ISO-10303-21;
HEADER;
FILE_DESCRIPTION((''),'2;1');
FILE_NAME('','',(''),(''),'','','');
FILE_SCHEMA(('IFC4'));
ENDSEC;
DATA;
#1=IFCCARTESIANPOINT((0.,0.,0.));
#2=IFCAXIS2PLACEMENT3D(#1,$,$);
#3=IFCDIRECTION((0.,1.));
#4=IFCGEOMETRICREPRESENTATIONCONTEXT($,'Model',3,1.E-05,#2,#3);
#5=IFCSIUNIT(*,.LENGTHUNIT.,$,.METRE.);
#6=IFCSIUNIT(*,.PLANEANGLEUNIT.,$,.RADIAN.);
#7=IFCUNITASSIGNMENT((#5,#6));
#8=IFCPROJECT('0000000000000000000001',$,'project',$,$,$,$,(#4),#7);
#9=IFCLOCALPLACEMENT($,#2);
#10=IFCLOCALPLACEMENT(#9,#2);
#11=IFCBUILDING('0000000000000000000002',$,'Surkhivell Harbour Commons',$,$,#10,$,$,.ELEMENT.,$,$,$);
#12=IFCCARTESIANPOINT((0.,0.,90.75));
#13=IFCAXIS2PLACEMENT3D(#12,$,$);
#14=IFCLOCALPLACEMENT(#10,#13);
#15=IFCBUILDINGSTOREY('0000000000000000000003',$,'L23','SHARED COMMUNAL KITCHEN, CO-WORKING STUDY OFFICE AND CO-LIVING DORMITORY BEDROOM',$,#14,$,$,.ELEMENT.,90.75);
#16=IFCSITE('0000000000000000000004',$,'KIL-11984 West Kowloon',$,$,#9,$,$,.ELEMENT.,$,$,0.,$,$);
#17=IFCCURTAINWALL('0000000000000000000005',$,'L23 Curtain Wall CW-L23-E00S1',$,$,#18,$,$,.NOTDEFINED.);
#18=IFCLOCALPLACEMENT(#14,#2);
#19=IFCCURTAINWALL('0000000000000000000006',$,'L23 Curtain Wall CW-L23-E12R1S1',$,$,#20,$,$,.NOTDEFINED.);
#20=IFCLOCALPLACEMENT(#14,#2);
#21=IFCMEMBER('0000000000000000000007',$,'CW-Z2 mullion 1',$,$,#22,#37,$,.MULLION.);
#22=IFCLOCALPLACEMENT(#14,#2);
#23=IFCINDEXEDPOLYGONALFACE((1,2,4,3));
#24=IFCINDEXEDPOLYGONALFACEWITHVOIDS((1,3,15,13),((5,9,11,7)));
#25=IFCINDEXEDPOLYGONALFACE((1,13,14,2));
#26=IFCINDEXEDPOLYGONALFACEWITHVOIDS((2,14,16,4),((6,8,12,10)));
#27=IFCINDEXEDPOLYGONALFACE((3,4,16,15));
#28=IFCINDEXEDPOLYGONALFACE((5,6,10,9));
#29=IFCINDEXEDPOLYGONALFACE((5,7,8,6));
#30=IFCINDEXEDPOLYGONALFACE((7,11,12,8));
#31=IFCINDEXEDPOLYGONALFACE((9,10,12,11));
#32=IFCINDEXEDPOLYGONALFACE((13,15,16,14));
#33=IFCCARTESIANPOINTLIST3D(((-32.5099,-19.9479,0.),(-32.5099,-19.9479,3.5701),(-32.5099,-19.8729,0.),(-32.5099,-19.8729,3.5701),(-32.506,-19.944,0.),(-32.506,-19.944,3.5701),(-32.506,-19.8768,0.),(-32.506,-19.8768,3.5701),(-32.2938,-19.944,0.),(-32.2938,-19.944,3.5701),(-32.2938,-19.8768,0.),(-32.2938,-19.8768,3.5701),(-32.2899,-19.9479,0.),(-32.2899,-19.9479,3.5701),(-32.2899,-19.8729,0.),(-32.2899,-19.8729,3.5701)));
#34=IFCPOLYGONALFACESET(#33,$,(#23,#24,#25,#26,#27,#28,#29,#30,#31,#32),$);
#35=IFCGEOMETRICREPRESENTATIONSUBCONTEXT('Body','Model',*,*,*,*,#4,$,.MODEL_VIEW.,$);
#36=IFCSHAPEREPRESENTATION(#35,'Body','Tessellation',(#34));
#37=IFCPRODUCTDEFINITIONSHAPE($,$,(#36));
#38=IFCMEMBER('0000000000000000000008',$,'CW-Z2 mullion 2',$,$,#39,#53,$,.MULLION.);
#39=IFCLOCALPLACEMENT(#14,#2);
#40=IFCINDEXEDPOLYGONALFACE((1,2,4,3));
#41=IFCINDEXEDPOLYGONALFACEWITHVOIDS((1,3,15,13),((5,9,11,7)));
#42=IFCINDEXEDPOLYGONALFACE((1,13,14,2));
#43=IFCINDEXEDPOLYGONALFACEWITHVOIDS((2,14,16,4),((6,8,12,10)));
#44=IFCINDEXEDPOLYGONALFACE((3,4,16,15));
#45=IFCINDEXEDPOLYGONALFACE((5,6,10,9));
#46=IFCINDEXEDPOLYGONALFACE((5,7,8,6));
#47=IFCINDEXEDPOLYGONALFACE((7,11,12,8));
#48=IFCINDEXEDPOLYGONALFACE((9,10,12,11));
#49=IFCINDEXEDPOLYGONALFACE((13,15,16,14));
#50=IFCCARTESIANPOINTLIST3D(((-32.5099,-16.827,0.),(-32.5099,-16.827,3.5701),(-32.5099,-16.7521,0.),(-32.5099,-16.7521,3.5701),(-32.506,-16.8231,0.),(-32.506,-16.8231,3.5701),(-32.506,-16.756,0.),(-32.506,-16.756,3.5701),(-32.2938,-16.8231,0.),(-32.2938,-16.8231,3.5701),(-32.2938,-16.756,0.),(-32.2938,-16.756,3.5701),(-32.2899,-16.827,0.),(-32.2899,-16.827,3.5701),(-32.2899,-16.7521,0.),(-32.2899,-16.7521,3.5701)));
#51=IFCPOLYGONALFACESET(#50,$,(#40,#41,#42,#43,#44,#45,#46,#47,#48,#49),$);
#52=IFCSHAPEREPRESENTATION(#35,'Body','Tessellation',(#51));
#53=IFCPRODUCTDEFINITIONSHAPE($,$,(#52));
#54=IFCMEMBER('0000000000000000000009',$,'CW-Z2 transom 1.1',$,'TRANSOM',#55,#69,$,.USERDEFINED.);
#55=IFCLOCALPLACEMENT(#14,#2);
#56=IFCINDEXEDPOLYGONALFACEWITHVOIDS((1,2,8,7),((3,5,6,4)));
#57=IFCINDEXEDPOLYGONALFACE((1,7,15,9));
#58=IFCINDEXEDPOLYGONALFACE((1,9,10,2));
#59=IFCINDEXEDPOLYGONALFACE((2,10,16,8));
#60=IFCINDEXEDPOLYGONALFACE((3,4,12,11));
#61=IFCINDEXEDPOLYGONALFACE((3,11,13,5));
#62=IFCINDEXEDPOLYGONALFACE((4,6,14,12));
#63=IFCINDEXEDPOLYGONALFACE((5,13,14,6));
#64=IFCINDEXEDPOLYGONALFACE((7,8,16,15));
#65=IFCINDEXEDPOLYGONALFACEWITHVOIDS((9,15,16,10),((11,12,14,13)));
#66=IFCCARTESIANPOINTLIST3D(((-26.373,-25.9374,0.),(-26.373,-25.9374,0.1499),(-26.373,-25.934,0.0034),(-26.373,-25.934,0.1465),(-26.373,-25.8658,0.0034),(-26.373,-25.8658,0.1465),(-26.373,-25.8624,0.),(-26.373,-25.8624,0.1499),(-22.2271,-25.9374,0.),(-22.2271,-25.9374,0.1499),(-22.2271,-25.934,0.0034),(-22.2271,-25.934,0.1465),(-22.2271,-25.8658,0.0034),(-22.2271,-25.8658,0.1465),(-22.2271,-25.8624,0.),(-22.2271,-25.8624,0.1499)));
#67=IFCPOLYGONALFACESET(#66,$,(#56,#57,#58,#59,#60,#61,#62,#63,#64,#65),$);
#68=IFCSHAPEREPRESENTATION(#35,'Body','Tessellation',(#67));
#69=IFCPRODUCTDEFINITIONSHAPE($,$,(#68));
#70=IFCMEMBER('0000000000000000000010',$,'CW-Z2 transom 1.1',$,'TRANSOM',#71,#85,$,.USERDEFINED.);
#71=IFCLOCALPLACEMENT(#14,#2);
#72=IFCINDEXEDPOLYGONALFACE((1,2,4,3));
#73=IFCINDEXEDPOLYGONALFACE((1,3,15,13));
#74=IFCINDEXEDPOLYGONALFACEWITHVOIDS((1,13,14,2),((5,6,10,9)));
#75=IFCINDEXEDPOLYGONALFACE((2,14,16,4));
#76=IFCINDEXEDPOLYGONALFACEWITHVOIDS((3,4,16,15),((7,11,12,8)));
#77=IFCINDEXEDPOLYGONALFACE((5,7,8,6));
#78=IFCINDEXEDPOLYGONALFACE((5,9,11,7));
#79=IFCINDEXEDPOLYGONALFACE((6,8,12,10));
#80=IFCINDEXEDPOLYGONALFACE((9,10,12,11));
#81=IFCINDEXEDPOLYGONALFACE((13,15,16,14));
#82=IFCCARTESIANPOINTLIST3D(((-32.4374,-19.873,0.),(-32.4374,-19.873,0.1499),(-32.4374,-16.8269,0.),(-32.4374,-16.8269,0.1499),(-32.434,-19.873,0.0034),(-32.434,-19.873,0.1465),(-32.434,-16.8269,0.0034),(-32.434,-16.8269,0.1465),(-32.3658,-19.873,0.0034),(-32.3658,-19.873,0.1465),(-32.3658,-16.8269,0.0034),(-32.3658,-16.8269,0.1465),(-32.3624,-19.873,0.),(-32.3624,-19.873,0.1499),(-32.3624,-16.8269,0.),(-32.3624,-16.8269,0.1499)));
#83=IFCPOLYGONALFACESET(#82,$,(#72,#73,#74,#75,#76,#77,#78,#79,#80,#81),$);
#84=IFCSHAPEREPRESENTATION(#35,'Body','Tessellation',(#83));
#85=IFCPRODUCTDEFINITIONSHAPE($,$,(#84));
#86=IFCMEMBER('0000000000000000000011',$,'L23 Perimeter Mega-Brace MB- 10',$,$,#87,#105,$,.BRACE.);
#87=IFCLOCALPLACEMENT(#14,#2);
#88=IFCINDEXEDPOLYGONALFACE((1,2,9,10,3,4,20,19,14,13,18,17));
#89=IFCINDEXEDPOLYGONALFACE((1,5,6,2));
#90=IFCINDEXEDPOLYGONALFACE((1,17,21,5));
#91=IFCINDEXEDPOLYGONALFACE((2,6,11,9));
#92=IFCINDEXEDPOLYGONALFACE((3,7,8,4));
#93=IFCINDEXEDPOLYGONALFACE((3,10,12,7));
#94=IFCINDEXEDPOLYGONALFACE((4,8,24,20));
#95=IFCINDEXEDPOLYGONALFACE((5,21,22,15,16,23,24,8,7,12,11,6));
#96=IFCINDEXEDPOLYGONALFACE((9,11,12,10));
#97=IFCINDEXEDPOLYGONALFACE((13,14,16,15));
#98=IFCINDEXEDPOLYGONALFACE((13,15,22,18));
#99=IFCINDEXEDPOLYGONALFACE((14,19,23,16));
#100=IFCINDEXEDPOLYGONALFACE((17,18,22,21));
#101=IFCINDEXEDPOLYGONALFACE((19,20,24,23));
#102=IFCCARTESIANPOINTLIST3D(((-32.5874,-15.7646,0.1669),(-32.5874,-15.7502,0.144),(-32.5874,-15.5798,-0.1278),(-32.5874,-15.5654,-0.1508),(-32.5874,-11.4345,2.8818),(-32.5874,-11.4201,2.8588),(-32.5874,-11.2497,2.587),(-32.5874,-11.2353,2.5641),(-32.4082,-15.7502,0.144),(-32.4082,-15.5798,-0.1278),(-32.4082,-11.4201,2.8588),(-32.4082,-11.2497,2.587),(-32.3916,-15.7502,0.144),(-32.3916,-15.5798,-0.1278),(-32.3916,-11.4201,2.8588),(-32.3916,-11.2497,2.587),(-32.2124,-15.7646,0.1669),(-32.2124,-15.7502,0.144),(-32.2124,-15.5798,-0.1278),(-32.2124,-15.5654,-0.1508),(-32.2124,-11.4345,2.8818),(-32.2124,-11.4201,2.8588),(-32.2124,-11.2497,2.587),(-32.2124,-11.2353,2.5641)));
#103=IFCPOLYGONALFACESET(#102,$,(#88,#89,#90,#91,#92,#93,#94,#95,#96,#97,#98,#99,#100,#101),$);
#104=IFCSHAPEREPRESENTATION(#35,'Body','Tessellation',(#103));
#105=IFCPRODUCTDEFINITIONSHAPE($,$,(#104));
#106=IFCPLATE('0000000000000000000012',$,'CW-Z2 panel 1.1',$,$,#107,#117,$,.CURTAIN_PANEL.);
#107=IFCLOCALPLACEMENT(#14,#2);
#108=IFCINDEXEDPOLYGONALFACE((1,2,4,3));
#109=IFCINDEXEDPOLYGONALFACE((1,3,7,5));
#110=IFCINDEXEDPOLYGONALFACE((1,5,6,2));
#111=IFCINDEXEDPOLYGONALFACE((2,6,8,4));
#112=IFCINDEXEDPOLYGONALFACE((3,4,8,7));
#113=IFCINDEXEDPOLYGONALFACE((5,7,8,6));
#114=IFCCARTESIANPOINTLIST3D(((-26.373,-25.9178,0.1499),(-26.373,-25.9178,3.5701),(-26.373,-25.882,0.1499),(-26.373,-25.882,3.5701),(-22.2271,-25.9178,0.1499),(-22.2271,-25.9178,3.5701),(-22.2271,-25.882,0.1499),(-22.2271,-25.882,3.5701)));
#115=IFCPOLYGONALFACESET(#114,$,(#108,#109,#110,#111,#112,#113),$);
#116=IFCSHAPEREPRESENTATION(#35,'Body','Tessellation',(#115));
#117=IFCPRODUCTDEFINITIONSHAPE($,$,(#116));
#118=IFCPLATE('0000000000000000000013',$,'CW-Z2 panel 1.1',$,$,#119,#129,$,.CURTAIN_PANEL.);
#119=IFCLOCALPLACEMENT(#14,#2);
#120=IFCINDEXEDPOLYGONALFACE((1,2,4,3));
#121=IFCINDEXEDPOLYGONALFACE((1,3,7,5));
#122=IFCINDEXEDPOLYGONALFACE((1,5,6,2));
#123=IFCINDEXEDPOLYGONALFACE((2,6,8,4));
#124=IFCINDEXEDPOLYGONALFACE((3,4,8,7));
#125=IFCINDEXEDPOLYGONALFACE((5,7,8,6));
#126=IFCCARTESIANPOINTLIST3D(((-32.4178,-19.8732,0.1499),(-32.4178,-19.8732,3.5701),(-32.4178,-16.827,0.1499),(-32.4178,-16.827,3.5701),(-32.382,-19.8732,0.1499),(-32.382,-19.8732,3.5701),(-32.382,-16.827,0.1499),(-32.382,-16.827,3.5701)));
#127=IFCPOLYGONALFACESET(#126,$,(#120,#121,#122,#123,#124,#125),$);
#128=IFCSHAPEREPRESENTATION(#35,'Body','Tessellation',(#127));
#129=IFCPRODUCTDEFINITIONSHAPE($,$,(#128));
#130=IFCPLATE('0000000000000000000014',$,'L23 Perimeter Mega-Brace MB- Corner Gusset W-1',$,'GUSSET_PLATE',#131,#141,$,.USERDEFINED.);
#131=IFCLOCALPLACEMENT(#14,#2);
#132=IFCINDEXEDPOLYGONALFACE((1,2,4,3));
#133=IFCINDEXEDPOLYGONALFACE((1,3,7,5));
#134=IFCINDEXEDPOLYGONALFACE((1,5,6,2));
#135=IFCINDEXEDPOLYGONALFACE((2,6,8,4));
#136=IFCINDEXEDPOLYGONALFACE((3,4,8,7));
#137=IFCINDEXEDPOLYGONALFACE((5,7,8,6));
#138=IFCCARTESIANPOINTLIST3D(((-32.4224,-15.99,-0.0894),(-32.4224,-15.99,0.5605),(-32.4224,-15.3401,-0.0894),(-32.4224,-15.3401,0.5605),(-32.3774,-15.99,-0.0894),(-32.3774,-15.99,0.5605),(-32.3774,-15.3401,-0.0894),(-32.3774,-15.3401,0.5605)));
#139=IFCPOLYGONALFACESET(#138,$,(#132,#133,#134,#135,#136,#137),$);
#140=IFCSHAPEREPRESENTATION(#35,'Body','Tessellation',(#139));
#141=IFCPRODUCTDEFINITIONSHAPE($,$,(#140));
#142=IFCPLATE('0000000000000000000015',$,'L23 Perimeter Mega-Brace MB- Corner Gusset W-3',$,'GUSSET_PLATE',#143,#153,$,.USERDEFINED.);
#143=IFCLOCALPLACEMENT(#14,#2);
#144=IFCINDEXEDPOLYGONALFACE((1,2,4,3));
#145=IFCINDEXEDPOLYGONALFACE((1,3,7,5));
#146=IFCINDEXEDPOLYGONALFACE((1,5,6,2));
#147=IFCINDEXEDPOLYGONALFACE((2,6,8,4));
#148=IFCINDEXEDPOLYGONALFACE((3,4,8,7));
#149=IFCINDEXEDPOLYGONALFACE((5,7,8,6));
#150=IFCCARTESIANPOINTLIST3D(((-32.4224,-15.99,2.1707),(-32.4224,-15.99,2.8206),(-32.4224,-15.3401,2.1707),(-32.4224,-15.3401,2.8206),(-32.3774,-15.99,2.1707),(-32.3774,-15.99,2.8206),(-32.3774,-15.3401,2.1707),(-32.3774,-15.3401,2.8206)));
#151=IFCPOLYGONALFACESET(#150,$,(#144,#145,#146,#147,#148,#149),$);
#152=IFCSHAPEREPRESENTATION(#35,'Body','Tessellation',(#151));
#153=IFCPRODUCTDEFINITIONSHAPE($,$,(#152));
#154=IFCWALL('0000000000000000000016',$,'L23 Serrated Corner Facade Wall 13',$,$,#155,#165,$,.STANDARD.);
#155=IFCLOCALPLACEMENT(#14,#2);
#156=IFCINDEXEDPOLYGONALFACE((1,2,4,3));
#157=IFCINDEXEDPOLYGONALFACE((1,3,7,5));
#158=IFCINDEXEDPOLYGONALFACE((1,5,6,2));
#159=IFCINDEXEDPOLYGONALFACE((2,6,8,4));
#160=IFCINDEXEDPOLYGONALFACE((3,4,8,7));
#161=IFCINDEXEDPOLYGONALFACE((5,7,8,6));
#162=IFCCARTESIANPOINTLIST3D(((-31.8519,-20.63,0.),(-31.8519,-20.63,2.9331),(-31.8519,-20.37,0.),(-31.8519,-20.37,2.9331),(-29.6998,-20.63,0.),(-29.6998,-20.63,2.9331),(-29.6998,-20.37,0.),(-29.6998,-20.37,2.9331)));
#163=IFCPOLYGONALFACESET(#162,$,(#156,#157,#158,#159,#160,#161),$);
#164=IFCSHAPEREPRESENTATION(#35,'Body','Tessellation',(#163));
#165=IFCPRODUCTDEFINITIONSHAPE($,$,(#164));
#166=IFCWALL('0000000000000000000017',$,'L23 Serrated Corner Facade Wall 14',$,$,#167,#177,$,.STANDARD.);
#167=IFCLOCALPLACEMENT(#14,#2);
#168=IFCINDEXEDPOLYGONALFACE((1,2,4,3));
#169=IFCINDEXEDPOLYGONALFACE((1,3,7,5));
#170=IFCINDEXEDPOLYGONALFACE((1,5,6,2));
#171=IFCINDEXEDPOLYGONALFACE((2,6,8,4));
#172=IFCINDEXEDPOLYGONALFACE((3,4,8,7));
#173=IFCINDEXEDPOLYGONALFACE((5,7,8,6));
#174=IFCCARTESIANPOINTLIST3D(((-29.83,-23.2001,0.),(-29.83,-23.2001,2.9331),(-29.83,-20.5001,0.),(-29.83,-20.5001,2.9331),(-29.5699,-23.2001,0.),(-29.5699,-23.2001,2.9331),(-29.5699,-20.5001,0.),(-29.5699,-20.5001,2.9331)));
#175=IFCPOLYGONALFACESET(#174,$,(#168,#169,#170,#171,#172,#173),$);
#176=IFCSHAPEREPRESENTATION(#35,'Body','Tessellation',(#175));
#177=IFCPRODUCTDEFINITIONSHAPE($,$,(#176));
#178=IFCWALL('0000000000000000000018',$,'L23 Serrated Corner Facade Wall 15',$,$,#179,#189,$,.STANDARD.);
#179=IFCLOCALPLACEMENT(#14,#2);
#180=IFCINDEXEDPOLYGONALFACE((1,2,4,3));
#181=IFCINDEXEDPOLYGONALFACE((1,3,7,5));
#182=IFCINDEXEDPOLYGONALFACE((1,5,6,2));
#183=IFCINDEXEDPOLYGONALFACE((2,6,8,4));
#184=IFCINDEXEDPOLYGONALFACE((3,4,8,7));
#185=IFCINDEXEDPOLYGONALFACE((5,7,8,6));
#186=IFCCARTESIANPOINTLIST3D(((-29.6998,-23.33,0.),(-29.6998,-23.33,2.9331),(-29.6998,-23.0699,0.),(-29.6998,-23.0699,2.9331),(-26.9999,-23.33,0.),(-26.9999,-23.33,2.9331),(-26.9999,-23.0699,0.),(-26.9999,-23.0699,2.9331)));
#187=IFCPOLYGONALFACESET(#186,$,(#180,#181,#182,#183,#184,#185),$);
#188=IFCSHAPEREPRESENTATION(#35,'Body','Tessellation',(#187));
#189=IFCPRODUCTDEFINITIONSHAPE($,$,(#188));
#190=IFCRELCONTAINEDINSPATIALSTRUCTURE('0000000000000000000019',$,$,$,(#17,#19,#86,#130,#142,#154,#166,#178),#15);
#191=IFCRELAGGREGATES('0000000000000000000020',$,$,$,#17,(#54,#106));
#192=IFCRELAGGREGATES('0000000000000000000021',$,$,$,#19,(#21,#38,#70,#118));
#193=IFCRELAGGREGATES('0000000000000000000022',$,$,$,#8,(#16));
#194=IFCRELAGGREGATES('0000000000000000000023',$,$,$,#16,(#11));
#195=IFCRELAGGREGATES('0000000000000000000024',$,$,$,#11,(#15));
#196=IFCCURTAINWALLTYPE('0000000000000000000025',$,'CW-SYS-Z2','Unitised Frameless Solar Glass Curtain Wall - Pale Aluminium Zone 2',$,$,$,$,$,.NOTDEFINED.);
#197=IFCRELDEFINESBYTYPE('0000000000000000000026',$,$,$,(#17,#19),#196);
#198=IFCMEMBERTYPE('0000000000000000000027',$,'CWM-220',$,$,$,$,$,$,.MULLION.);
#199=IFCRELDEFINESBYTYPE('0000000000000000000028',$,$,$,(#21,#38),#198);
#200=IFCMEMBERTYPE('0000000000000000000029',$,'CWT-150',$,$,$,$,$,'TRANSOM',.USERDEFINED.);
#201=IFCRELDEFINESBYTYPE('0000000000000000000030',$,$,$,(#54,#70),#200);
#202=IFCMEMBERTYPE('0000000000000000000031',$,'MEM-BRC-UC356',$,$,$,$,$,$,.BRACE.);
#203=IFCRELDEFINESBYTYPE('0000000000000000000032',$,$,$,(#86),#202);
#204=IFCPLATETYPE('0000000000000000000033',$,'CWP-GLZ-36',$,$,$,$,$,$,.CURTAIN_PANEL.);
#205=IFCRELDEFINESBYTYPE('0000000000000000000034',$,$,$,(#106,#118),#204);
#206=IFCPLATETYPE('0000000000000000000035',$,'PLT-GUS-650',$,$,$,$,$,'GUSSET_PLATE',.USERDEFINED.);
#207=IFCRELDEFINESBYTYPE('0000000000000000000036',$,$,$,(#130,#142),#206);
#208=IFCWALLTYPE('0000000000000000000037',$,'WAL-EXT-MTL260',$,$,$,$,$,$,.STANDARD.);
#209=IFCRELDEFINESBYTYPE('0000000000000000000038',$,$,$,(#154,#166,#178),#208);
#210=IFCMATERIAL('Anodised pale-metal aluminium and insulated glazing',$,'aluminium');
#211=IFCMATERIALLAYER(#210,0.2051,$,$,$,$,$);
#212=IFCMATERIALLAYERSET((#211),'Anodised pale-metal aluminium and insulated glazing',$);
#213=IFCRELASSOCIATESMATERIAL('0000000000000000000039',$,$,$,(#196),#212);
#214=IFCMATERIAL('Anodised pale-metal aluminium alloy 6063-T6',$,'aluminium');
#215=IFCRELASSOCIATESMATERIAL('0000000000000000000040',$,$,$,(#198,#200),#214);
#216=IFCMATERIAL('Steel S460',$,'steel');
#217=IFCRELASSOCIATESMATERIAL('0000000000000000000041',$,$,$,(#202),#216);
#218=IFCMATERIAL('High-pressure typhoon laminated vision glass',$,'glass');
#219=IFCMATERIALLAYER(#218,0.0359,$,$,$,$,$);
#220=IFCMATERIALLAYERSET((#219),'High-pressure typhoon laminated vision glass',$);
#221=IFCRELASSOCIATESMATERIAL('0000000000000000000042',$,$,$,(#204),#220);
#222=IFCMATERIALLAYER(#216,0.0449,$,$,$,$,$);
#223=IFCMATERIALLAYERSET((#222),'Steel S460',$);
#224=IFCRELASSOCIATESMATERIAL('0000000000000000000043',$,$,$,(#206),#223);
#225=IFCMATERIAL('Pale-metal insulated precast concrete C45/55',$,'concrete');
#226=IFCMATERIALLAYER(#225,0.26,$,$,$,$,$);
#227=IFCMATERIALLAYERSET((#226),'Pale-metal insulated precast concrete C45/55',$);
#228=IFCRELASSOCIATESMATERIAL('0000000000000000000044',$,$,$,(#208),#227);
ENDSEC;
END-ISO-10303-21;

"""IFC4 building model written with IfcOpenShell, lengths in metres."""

from ifc_helpers import new_model, si_unit, direction, frame, frame_2d, origin, origin_2d, place, context, subcontext, project, spatial, rectangle, hollow_rectangle, i_section, extrude, material, layer, layer_set, material_profile, profile_set, type_object, element, aggregate, save


model = new_model("IFC4")

# Units and contexts
model_context = context("Model", 3, precision=1e-05, world=origin(), true_north=direction((0.0, 1.0)))
body_context = subcontext(model_context, "Body", "Model", "MODEL_VIEW")
ifc_project = project(units=[si_unit("LENGTHUNIT", "METRE"), si_unit("PLANEANGLEUNIT", "RADIAN")], contexts=[model_context])

# Site, building, storey
site_placement = place(None, origin())
site = spatial("IfcSite", under=ifc_project, at=site_placement, Name="KIL-11984 West Kowloon", CompositionType="ELEMENT", RefElevation=0.0)
building_placement = place(site_placement, origin())
building = spatial("IfcBuilding", under=site, at=building_placement, Name="Surkhivell Harbour Commons", CompositionType="ELEMENT")
storey_placement = place(building_placement, frame((0.0, 0.0, 90.75)))
storey = spatial("IfcBuildingStorey", under=building, at=storey_placement, Name="L23", Description="SHARED COMMUNAL KITCHEN, CO-WORKING STUDY OFFICE AND CO-LIVING DORMITORY BEDROOM", CompositionType="ELEMENT", Elevation=90.75)

# Shared definitions
ifc_material_1 = material(Name="Steel S460", Category="steel")

# Curtain wall
ifc_material_2 = material(Name="Anodised pale-metal aluminium and insulated glazing", Category="aluminium")
ifc_layer_1 = layer(ifc_material_2, 0.2051)
ifc_layer_set_1 = layer_set([ifc_layer_1], Name="Anodised pale-metal aluminium and insulated glazing")
curtain_wall_type = type_object("IfcCurtainWallType", Name="CW-SYS-Z2", Description="Unitised Frameless Solar Glass Curtain Wall - Pale Aluminium Zone 2", PredefinedType="NOTDEFINED", material=ifc_layer_set_1)
curtain_wall_1_placement = place(storey_placement, origin())
curtain_wall_1 = element("IfcCurtainWall", 1, at=curtain_wall_1_placement, inside=storey, type_object=curtain_wall_type, Name="L23 Curtain Wall CW-L23-E00S1", PredefinedType="NOTDEFINED")
ifc_material_3 = material(Name="Anodised pale-metal aluminium alloy 6063-T6", Category="aluminium")
ifc_material_profile_1 = material_profile(ifc_material_3, hollow_rectangle(XDim=0.075, YDim=0.22, WallThickness=0.0039, at=origin_2d()), Name="ALU-MULL-75x220")
ifc_profile_set_1 = profile_set([ifc_material_profile_1], Name="Anodised pale-metal aluminium alloy 6063-T6")
member_type_1 = type_object("IfcMemberType", Name="CWM-220", PredefinedType="MULLION", material=ifc_profile_set_1)

# Curtain wall, members
curtain_wall_2_placement = place(storey_placement, origin())
curtain_wall_2 = element("IfcCurtainWall", 2, at=curtain_wall_2_placement, inside=storey, type_object=curtain_wall_type, Name="L23 Curtain Wall CW-L23-E12R1S1", PredefinedType="NOTDEFINED")
member_1_placement = place(storey_placement, frame((-32.3999, -19.9104, 0.0), z_axis=(0.0, 0.0, 1.0), x_axis=(0.0, 1.0, 0.0)))
member_1 = element("IfcMember", 3, at=member_1_placement, type_object=member_type_1, Name="CW-Z2 mullion 1", PredefinedType="MULLION", context=body_context, shape_type="SweptSolid", body=[
    extrude(hollow_rectangle(XDim=0.075, YDim=0.22, WallThickness=0.0039, at=origin_2d()), origin(), (0.0, 0.0, 1.0), 3.5701),
])
member_2_placement = place(storey_placement, frame((-32.3999, -16.7896, 0.0), z_axis=(0.0, 0.0, 1.0), x_axis=(0.0, 1.0, 0.0)))
member_2 = element("IfcMember", 4, at=member_2_placement, type_object=member_type_1, Name="CW-Z2 mullion 2", PredefinedType="MULLION", context=body_context, shape_type="SweptSolid", body=[
    extrude(hollow_rectangle(XDim=0.075, YDim=0.22, WallThickness=0.0039, at=origin_2d()), origin(), (0.0, 0.0, 1.0), 3.5701),
])

# Members
ifc_material_profile_2 = material_profile(ifc_material_3, hollow_rectangle(XDim=0.075, YDim=0.1499, WallThickness=0.0034, at=origin_2d()), Name="ALU-TRAN-75x150")
ifc_profile_set_2 = profile_set([ifc_material_profile_2], Name="Anodised pale-metal aluminium alloy 6063-T6")
member_type_2 = type_object("IfcMemberType", Name="CWT-150", ElementType="TRANSOM", PredefinedType="USERDEFINED", material=ifc_profile_set_2)
member_3_placement = place(storey_placement, frame((-26.373, -25.8999, 0.075), z_axis=(1.0, 0.0, 0.0), x_axis=(0.0, 1.0, 0.0)))
member_3 = element("IfcMember", 5, at=member_3_placement, type_object=member_type_2, Name="CW-Z2 transom 1.1", ObjectType="TRANSOM", PredefinedType="USERDEFINED", context=body_context, shape_type="SweptSolid", body=[
    extrude(hollow_rectangle(XDim=0.075, YDim=0.1499, WallThickness=0.0034, at=origin_2d()), origin(), (0.0, 0.0, 1.0), 4.146),
])
member_4_placement = place(storey_placement, frame((-32.3999, -19.873, 0.075), z_axis=(0.0, 1.0, 0.0), x_axis=(-1.0, 0.0, 0.0)))
member_4 = element("IfcMember", 6, at=member_4_placement, type_object=member_type_2, Name="CW-Z2 transom 1.1", ObjectType="TRANSOM", PredefinedType="USERDEFINED", context=body_context, shape_type="SweptSolid", body=[
    extrude(hollow_rectangle(XDim=0.075, YDim=0.1499, WallThickness=0.0034, at=origin_2d()), origin(), (0.0, 0.0, 1.0), 3.0461),
])
ifc_material_profile_3 = material_profile(ifc_material_1, i_section(OverallWidth=0.375, OverallDepth=0.375, WebThickness=0.0166, FlangeThickness=0.0271, at=origin_2d()), Name="UC356x368x202")
ifc_profile_set_3 = profile_set([ifc_material_profile_3], Name="Steel S460")
member_type_3 = type_object("IfcMemberType", Name="MEM-BRC-UC356", PredefinedType="BRACE", material=ifc_profile_set_3)
member_5_placement = place(storey_placement, frame((-32.3999, -15.665, 0.0081), z_axis=(0.0, 0.847246, 0.531201), x_axis=(-1.0, 0.0, 0.0)))
element("IfcMember", 7, at=member_5_placement, inside=storey, type_object=member_type_3, Name="L23 Perimeter Mega-Brace MB- 10", PredefinedType="BRACE", context=body_context, shape_type="SweptSolid", body=[
    extrude(i_section(OverallWidth=0.375, OverallDepth=0.375, WebThickness=0.0166, FlangeThickness=0.0271, at=origin_2d()), origin(), (0.0, 0.0, 1.0), 5.1108),
])

# Plates
ifc_material_4 = material(Name="High-pressure typhoon laminated vision glass", Category="glass")
ifc_layer_2 = layer(ifc_material_4, 0.0359)
ifc_layer_set_2 = layer_set([ifc_layer_2], Name="High-pressure typhoon laminated vision glass")
plate_type_1 = type_object("IfcPlateType", Name="CWP-GLZ-36", PredefinedType="CURTAIN_PANEL", material=ifc_layer_set_2)
plate_1_placement = place(storey_placement, frame((-26.373, -25.8999, 0.1499), z_axis=(0.0, 0.0, 1.0), x_axis=(1.0, 0.0, 0.0)))
plate_1 = element("IfcPlate", 8, at=plate_1_placement, type_object=plate_type_1, Name="CW-Z2 panel 1.1", PredefinedType="CURTAIN_PANEL", context=body_context, shape_type="SweptSolid", body=[
    extrude(rectangle(XDim=4.146, YDim=0.0359, at=frame_2d((2.073, 0.0))), origin(), (0.0, 0.0, 1.0), 3.4202),
])
aggregate(curtain_wall_1, [member_3, plate_1])
plate_2_placement = place(storey_placement, frame((-32.3999, -19.873, 0.1499), z_axis=(0.0, 0.0, 1.0), x_axis=(0.0, 1.0, 0.0)))
plate_2 = element("IfcPlate", 9, at=plate_2_placement, type_object=plate_type_1, Name="CW-Z2 panel 1.1", PredefinedType="CURTAIN_PANEL", context=body_context, shape_type="SweptSolid", body=[
    extrude(rectangle(XDim=3.0461, YDim=0.0359, at=frame_2d((1.5229, 0.0))), origin(), (0.0, 0.0, 1.0), 3.4202),
])
aggregate(curtain_wall_2, [member_1, member_2, member_4, plate_2])

# Plates
ifc_layer_3 = layer(ifc_material_1, 0.0449)
ifc_layer_set_3 = layer_set([ifc_layer_3], Name="Steel S460")
plate_type_2 = type_object("IfcPlateType", Name="PLT-GUS-650", ElementType="GUSSET_PLATE", PredefinedType="USERDEFINED", material=ifc_layer_set_3)
for number, where, z_axis, x_axis, name in (
    (10, (-32.3999, -15.665, -0.0894), (0.0, 0.0, 1.0), (0.0, 1.0, 0.0), "L23 Perimeter Mega-Brace MB- Corner Gusset W-1"),
    (11, (-32.3999, -15.665, 2.1707), (0.0, 0.0, 1.0), (0.0, 1.0, 0.0), "L23 Perimeter Mega-Brace MB- Corner Gusset W-3"),
):
    element("IfcPlate", number, at=place(storey_placement, frame(where, z_axis=z_axis, x_axis=x_axis)), inside=storey, type_object=plate_type_2, Name=name, ObjectType="GUSSET_PLATE", PredefinedType="USERDEFINED", context=body_context, shape_type="SweptSolid", body=[
        extrude(rectangle(XDim=0.6499, YDim=0.0449, at=origin_2d()), origin(), (0.0, 0.0, 1.0), 0.6499),
    ])

# Walls
ifc_material_5 = material(Name="Pale-metal insulated precast concrete C45/55", Category="concrete")
ifc_layer_4 = layer(ifc_material_5, 0.26)
ifc_layer_set_4 = layer_set([ifc_layer_4], Name="Pale-metal insulated precast concrete C45/55")
wall_type = type_object("IfcWallType", Name="WAL-EXT-MTL260", PredefinedType="STANDARD", material=ifc_layer_set_4)
wall_1_placement = place(storey_placement, frame((-31.8521, -20.5, 0.0), z_axis=(0.0, 0.0, 1.0), x_axis=(1.0, 0.0, 0.0)))
element("IfcWall", 12, at=wall_1_placement, inside=storey, type_object=wall_type, Name="L23 Serrated Corner Facade Wall 13", PredefinedType="STANDARD", context=body_context, shape_type="SweptSolid", body=[
    extrude(rectangle(XDim=2.1521, YDim=0.26, at=frame_2d((1.0762, 0.0))), origin(), (0.0, 0.0, 1.0), 2.9331),
])
for number, where, z_axis, x_axis, name in (
    (13, (-29.7, -20.5, 0.0), (0.0, 0.0, 1.0), (0.0, -1.0, 0.0), "L23 Serrated Corner Facade Wall 14"),
    (14, (-29.7, -23.2, 0.0), (0.0, 0.0, 1.0), (1.0, 0.0, 0.0), "L23 Serrated Corner Facade Wall 15"),
):
    element("IfcWall", number, at=place(storey_placement, frame(where, z_axis=z_axis, x_axis=x_axis)), inside=storey, type_object=wall_type, Name=name, PredefinedType="STANDARD", context=body_context, shape_type="SweptSolid", body=[
        extrude(rectangle(XDim=2.7, YDim=0.26, at=frame_2d((1.3501, 0.0))), origin(), (0.0, 0.0, 1.0), 2.9331),
    ])

save(model, "model.ifc")
